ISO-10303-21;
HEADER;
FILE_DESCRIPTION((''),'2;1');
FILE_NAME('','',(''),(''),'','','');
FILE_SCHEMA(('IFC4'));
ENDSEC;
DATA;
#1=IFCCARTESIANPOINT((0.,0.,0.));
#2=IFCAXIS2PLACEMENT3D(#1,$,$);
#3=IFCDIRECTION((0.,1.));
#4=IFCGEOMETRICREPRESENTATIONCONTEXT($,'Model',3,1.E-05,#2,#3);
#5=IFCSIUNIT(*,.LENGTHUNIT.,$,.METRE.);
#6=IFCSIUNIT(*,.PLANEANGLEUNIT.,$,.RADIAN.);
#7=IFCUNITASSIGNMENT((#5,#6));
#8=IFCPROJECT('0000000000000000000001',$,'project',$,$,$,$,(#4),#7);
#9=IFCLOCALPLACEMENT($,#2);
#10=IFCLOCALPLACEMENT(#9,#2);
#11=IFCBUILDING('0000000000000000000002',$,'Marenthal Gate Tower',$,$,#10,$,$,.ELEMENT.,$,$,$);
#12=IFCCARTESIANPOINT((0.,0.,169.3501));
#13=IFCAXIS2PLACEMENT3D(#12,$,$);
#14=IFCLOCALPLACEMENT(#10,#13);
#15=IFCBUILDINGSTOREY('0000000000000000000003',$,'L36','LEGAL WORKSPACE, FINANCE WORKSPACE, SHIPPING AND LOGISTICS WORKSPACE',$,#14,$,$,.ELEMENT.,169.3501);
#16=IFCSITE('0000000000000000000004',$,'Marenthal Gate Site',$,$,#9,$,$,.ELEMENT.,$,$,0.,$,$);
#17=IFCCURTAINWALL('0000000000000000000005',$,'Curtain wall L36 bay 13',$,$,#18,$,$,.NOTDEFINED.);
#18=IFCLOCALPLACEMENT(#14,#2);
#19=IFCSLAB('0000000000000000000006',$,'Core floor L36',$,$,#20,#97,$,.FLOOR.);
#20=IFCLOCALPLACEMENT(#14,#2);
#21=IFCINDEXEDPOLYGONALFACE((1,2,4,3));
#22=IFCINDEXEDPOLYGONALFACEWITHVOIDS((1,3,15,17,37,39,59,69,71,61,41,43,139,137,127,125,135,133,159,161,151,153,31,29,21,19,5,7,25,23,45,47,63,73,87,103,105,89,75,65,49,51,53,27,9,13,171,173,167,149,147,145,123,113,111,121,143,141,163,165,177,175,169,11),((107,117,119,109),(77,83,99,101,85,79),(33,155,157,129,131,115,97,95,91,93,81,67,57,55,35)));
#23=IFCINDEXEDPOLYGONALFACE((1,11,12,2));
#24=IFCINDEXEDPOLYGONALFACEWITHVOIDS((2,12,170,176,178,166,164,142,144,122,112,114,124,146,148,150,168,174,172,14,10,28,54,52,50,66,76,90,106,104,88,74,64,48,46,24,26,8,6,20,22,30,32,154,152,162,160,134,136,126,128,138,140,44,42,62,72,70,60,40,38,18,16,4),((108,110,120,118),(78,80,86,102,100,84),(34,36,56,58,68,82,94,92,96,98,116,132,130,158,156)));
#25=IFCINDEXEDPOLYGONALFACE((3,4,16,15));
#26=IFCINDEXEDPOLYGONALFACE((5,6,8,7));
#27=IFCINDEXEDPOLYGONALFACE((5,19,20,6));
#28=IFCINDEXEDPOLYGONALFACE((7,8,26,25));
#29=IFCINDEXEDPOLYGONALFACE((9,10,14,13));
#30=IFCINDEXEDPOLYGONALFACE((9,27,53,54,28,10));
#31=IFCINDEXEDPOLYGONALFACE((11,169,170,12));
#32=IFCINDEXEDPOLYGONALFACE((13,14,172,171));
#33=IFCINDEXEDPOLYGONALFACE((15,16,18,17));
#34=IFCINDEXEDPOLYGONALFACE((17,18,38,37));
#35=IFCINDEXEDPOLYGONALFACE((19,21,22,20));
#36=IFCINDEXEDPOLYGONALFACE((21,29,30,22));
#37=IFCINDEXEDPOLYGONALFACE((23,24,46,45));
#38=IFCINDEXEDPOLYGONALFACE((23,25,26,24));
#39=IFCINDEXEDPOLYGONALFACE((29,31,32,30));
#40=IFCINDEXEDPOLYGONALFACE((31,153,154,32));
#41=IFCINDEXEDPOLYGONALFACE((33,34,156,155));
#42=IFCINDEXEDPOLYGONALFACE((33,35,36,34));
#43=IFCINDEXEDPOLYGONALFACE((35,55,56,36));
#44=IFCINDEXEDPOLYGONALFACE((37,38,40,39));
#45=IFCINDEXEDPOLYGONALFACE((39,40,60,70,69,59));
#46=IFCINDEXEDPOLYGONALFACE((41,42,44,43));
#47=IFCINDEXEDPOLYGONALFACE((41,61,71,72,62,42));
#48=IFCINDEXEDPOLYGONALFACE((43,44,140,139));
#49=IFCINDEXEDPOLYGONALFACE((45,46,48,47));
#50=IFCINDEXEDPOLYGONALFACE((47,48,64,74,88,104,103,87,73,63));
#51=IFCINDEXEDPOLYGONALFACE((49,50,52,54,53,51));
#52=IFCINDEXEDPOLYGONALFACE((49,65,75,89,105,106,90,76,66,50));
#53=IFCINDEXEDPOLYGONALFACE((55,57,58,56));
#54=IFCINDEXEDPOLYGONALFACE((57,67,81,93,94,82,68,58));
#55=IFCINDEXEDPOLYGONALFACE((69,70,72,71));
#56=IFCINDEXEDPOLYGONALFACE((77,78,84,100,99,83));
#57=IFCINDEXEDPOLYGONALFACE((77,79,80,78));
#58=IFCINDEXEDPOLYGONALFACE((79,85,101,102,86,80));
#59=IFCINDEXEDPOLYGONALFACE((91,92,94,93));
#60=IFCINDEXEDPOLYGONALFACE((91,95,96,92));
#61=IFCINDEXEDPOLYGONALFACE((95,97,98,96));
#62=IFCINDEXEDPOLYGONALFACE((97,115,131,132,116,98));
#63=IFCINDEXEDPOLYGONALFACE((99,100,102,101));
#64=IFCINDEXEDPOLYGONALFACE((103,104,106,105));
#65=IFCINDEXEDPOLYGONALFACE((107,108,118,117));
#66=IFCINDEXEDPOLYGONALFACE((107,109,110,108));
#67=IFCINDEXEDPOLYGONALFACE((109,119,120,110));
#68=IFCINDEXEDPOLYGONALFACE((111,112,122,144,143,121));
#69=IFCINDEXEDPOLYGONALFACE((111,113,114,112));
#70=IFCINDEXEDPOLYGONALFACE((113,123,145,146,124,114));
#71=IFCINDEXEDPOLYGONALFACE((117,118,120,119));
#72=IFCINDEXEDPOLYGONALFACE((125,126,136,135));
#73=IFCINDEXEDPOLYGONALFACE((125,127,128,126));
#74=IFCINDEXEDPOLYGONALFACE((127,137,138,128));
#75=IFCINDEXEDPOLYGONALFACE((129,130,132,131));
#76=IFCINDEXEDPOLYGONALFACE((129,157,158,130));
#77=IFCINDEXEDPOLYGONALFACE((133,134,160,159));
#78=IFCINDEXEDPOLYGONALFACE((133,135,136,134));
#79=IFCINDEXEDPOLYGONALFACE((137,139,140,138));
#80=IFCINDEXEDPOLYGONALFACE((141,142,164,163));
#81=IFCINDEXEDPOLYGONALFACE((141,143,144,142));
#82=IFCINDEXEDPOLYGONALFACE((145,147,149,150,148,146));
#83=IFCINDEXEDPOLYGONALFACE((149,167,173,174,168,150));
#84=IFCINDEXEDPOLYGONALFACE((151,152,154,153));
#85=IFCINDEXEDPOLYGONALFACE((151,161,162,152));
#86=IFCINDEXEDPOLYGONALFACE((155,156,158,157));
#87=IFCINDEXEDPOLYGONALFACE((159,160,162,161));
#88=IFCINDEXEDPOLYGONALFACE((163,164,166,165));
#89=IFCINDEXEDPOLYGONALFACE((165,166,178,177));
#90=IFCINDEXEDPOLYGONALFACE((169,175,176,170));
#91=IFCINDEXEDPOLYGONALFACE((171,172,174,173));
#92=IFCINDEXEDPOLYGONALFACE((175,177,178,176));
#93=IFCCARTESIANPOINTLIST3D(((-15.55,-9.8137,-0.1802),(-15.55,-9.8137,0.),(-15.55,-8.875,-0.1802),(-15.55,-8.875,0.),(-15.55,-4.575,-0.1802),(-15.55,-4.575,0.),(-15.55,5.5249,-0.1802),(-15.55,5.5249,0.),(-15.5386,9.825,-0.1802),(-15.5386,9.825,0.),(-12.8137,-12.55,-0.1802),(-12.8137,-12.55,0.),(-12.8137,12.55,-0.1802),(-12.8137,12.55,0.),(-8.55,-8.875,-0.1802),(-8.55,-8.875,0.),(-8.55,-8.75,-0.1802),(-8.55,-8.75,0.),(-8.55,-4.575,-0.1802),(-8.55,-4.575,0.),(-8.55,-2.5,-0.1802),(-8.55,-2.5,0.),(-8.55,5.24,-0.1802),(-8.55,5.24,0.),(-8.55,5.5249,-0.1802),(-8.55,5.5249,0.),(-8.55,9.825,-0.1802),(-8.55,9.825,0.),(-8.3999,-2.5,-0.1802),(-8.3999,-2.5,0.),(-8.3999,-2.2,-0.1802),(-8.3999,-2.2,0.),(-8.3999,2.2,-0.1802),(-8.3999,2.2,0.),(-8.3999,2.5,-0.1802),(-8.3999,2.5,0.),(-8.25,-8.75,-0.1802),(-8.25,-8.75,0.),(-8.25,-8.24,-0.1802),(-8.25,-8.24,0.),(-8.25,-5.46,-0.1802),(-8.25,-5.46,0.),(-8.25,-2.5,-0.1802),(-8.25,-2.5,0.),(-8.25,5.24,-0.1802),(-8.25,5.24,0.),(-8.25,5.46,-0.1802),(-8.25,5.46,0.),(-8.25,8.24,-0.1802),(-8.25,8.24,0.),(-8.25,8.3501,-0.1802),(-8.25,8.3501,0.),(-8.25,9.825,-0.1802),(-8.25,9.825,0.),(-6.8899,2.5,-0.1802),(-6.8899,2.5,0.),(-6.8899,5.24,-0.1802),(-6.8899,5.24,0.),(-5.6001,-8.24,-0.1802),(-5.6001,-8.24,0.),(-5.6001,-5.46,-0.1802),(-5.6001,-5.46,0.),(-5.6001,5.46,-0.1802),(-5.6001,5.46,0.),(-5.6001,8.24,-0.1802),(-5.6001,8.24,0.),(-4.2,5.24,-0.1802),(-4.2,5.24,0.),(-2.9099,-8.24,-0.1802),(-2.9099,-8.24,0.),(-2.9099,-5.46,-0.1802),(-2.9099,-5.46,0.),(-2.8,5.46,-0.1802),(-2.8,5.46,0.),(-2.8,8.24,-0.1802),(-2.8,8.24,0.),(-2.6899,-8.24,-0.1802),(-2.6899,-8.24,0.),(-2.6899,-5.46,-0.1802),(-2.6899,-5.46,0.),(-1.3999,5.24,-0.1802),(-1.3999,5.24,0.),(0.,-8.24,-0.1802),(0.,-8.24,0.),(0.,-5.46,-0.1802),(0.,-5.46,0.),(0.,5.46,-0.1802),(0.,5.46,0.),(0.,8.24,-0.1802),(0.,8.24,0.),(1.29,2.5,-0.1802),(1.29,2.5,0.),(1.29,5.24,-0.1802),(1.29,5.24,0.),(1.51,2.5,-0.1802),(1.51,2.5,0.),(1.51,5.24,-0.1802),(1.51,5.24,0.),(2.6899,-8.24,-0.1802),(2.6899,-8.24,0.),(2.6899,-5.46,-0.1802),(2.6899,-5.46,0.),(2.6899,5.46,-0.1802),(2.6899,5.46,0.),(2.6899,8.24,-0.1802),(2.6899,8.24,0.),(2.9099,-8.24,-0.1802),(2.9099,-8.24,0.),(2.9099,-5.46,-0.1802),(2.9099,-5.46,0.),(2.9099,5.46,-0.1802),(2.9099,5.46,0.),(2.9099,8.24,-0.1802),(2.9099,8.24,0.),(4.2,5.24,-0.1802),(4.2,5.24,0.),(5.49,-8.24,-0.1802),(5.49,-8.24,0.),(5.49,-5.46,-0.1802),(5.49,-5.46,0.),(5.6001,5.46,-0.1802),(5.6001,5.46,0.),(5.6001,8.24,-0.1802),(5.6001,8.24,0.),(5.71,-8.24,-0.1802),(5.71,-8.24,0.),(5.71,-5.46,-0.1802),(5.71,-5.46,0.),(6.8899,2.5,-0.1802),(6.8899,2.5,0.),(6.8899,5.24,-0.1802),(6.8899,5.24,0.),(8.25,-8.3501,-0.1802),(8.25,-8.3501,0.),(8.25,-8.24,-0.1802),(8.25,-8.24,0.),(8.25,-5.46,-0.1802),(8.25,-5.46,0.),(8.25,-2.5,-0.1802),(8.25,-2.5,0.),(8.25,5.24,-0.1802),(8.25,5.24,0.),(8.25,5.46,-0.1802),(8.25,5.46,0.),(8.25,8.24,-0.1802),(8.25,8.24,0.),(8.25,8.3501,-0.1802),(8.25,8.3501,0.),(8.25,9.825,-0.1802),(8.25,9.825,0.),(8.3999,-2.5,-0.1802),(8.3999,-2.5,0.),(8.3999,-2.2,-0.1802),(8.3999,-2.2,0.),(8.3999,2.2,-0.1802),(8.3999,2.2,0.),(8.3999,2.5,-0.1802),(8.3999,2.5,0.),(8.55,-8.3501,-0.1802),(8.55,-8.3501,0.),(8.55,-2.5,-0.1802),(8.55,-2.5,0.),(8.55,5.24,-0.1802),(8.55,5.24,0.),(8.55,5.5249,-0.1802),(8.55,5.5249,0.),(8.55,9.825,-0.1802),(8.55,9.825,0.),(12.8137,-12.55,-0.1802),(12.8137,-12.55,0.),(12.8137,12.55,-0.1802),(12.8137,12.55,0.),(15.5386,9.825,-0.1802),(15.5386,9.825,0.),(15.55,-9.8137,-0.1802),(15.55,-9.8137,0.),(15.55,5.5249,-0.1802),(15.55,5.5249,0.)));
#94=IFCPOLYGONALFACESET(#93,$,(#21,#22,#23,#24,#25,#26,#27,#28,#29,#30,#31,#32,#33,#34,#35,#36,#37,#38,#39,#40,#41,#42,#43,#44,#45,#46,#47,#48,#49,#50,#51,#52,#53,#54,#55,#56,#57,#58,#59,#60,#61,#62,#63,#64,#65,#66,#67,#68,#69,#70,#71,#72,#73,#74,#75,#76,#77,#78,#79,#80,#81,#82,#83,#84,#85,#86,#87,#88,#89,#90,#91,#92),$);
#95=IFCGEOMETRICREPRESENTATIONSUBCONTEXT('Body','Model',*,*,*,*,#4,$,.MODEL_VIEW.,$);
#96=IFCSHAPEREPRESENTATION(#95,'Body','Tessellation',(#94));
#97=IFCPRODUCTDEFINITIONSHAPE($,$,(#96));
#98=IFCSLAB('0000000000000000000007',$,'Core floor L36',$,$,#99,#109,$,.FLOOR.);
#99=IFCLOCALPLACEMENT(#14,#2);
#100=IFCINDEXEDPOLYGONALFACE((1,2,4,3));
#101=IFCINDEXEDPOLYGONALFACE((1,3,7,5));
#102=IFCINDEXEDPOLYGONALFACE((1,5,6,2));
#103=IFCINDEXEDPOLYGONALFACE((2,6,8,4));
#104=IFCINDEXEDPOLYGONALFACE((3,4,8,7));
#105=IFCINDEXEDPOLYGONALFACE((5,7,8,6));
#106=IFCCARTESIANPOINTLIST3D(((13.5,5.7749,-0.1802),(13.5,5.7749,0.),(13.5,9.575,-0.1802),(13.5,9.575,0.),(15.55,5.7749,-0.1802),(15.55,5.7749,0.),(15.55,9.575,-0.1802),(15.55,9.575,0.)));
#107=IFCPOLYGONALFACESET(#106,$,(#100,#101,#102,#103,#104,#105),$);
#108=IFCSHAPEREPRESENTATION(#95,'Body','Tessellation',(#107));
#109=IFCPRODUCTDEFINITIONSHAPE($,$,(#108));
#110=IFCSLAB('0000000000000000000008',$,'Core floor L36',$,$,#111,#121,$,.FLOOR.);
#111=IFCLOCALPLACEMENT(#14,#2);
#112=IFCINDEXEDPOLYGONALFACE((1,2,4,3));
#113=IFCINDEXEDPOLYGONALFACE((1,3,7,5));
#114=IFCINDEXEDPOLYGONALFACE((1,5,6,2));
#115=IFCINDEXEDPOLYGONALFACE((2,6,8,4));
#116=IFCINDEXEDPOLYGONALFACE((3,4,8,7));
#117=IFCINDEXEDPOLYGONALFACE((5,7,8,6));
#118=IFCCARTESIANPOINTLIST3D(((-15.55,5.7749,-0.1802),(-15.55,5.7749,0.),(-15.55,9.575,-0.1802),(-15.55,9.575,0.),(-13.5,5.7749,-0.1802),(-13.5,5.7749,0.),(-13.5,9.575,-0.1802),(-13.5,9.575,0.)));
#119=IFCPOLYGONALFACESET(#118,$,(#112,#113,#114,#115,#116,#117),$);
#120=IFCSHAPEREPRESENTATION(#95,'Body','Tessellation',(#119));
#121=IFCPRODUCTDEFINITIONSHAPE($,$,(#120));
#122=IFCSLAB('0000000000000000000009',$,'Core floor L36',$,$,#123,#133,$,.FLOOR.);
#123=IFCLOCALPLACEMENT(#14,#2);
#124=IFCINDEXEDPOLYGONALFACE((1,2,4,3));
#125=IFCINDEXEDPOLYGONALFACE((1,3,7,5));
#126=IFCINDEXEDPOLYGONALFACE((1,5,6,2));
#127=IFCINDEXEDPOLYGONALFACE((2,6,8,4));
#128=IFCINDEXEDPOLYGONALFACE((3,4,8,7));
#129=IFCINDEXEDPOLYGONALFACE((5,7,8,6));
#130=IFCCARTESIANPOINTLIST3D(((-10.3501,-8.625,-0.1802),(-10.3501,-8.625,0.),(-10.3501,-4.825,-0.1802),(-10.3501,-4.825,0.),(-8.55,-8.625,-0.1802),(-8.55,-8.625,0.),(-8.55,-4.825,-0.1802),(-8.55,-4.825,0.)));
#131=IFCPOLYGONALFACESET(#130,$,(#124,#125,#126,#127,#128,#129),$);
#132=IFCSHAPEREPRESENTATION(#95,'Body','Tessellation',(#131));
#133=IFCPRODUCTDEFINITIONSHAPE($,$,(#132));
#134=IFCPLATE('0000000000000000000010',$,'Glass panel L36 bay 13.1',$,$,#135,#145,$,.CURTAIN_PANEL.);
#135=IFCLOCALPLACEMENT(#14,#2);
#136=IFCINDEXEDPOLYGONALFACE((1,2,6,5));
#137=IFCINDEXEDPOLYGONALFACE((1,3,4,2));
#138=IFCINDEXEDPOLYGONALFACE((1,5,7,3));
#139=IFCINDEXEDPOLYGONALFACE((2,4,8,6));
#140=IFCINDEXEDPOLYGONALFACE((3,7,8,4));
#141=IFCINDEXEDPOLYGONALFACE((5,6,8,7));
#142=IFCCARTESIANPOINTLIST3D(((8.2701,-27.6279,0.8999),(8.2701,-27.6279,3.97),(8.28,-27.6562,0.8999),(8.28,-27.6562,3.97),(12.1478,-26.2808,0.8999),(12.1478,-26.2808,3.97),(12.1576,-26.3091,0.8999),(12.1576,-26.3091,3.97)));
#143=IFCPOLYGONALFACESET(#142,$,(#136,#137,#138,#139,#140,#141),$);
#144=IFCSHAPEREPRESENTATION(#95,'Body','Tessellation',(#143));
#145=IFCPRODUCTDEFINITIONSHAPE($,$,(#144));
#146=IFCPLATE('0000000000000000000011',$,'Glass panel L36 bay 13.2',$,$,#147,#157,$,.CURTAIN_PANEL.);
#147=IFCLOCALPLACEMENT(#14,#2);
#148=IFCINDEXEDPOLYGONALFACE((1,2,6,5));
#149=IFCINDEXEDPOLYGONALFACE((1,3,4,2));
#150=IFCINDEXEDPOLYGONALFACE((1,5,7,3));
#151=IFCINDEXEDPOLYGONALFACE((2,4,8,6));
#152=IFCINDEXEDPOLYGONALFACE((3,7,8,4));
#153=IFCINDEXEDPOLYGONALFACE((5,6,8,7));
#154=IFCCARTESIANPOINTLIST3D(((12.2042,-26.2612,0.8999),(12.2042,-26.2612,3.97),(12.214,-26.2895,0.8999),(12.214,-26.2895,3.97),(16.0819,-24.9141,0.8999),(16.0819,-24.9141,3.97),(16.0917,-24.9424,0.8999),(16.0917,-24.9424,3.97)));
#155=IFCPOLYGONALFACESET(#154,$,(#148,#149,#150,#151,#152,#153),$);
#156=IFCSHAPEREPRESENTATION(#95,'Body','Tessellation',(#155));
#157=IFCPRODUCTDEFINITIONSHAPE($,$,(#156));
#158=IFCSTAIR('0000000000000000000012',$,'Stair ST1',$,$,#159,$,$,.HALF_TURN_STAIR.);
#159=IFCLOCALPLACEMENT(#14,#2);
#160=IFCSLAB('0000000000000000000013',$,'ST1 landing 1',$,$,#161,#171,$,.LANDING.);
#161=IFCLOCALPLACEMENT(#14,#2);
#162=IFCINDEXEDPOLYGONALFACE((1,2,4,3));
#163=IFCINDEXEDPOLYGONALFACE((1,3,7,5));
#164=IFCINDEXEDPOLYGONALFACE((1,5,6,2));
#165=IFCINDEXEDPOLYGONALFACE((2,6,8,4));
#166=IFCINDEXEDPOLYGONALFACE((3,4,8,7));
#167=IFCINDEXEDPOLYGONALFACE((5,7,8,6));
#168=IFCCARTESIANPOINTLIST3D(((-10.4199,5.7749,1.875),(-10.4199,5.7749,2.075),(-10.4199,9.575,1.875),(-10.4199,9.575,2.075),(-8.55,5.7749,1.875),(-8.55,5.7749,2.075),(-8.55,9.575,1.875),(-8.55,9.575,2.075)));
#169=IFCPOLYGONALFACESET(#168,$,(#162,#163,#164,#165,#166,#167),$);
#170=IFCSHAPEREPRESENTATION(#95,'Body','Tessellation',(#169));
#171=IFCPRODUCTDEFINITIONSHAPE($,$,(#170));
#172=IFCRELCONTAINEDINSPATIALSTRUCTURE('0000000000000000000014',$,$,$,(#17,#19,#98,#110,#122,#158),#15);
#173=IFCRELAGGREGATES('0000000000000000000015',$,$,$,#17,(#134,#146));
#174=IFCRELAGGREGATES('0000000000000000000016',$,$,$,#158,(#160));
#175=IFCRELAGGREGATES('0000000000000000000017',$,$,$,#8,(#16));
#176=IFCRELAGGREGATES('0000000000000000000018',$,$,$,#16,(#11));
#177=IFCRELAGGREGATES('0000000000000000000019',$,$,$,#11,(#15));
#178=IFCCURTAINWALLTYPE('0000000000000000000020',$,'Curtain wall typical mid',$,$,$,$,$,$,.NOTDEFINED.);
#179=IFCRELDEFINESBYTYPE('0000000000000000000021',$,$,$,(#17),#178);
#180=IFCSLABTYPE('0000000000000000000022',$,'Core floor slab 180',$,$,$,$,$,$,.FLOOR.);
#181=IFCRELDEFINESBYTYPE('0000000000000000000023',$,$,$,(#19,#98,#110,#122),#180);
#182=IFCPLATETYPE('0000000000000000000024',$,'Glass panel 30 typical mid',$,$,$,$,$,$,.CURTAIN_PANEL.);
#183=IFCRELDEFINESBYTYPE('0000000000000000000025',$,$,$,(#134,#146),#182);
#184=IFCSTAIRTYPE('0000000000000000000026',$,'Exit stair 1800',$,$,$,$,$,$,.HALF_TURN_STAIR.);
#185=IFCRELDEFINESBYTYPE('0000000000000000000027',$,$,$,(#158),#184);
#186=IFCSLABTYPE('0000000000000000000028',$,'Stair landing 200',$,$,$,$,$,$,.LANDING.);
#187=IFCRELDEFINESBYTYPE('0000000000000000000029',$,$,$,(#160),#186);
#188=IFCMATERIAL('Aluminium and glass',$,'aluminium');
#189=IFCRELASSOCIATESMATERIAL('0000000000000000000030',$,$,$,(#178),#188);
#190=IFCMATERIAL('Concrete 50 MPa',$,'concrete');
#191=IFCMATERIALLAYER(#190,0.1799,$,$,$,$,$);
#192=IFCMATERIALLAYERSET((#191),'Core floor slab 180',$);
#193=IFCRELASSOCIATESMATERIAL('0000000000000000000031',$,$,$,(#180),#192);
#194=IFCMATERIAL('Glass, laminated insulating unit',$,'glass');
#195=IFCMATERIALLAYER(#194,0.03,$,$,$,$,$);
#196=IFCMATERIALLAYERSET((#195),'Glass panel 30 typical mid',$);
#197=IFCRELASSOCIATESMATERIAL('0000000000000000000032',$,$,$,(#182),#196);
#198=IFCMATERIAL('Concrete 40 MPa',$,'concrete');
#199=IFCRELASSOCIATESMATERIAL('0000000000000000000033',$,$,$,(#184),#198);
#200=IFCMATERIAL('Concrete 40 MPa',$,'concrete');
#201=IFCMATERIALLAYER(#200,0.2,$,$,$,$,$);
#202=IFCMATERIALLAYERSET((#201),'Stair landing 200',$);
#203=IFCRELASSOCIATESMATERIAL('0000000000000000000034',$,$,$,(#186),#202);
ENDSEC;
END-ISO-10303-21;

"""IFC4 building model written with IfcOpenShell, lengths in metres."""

from ifc_helpers import new_model, si_unit, direction, frame, origin, origin_2d, place, context, subcontext, project, spatial, polyline, rectangle, outline, extrude, material, layer, layer_set, type_object, element, aggregate, save


model = new_model("IFC4")

# Units and contexts
model_context = context("Model", 3, precision=1e-05, world=origin(), true_north=direction((0.0, 1.0)))
body_context = subcontext(model_context, "Body", "Model", "MODEL_VIEW")
ifc_project = project(units=[si_unit("LENGTHUNIT", "METRE"), si_unit("PLANEANGLEUNIT", "RADIAN")], contexts=[model_context])

# Site, building, storey
site_placement = place(None, origin())
site = spatial("IfcSite", under=ifc_project, at=site_placement, Name="Marenthal Gate Site", CompositionType="ELEMENT", RefElevation=0.0)
building_placement = place(site_placement, origin())
building = spatial("IfcBuilding", under=site, at=building_placement, Name="Marenthal Gate Tower", CompositionType="ELEMENT")
storey_placement = place(building_placement, frame((0.0, 0.0, 169.3501)))
storey = spatial("IfcBuildingStorey", under=building, at=storey_placement, Name="L36", Description="LEGAL WORKSPACE, FINANCE WORKSPACE, SHIPPING AND LOGISTICS WORKSPACE", CompositionType="ELEMENT", Elevation=169.3501)

# Curtain wall
ifc_material_1 = material(Name="Aluminium and glass", Category="aluminium")
curtain_wall_type = type_object("IfcCurtainWallType", Name="Curtain wall typical mid", PredefinedType="NOTDEFINED", material=ifc_material_1)
curtain_wall_placement = place(storey_placement, origin())
curtain_wall = element("IfcCurtainWall", 1, at=curtain_wall_placement, inside=storey, type_object=curtain_wall_type, Name="Curtain wall L36 bay 13", PredefinedType="NOTDEFINED")

# Slabs
ifc_material_2 = material(Name="Concrete 50 MPa", Category="concrete")
ifc_layer_1 = layer(ifc_material_2, 0.1799)
ifc_layer_set_1 = layer_set([ifc_layer_1], Name="Core floor slab 180")
slab_type_1 = type_object("IfcSlabType", Name="Core floor slab 180", PredefinedType="FLOOR", material=ifc_layer_set_1)
slab_1_placement = place(storey_placement, frame((0.0, 0.0, -0.1802)))
element("IfcSlab", 2, at=slab_1_placement, inside=storey, type_object=slab_type_1, Name="Core floor L36", PredefinedType="FLOOR", context=body_context, shape_type="SweptSolid", body=[
    extrude(outline(polyline([(12.8137, -12.55), (-12.8137, -12.55), (-15.55, -9.8137), (-15.55, -8.875), (-8.55, -8.875), (-8.55, -8.75), (-8.25, -8.75), (-8.25, -8.24), (-5.6001, -8.24), (-2.9099, -8.24), (-2.9099, -5.46), (-5.6001, -5.46), (-8.25, -5.46), (-8.25, -2.5), (8.25, -2.5), (8.25, -5.46), (5.71, -5.46), (5.71, -8.24), (8.25, -8.24), (8.25, -8.3501), (8.55, -8.3501), (8.55, -2.5), (8.3999, -2.5), (8.3999, -2.2), (-8.3999, -2.2), (-8.3999, -2.5), (-8.55, -2.5), (-8.55, -4.575), (-15.55, -4.575), (-15.55, 5.5249), (-8.55, 5.5249), (-8.55, 5.24), (-8.25, 5.24), (-8.25, 5.46), (-5.6001, 5.46), (-2.8, 5.46), (0.0, 5.46), (2.6899, 5.46), (2.6899, 8.24), (0.0, 8.24), (-2.8, 8.24), (-5.6001, 8.24), (-8.25, 8.24), (-8.25, 8.3501), (-8.25, 9.825), (-8.55, 9.825), (-15.5386, 9.825), (-12.8137, 12.55), (12.8137, 12.55), (15.5386, 9.825), (8.55, 9.825), (8.25, 9.825), (8.25, 8.3501), (8.25, 8.24), (5.6001, 8.24), (2.9099, 8.24), (2.9099, 5.46), (5.6001, 5.46), (8.25, 5.46), (8.25, 5.24), (8.55, 5.24), (8.55, 5.5249), (15.55, 5.5249), (15.55, -9.8137), (12.8137, -12.55)]), holes=[polyline([(2.6899, -8.24), (2.6899, -5.46), (0.0, -5.46), (-2.6899, -5.46), (-2.6899, -8.24), (0.0, -8.24), (2.6899, -8.24)]), polyline([(-6.8899, 5.24), (-6.8899, 2.5), (-8.3999, 2.5), (-8.3999, 2.2), (8.3999, 2.2), (8.3999, 2.5), (6.8899, 2.5), (6.8899, 5.24), (4.2, 5.24), (1.51, 5.24), (1.51, 2.5), (1.29, 2.5), (1.29, 5.24), (-1.3999, 5.24), (-4.2, 5.24), (-6.8899, 5.24)]), polyline([(5.49, -8.24), (5.49, -5.46), (2.9099, -5.46), (2.9099, -8.24), (5.49, -8.24)])]), origin(), (0.0, 0.0, 1.0), 0.1802),
])
slab_2_placement = place(storey_placement, frame((0.0, 0.0, -0.1802)))
element("IfcSlab", 3, at=slab_2_placement, inside=storey, type_object=slab_type_1, Name="Core floor L36", PredefinedType="FLOOR", context=body_context, shape_type="SweptSolid", body=[
    extrude(outline(polyline([(15.55, 5.7749), (13.5, 5.7749), (13.5, 9.575), (15.55, 9.575), (15.55, 5.7749)])), origin(), (0.0, 0.0, 1.0), 0.1802),
])
slab_3_placement = place(storey_placement, frame((0.0, 0.0, -0.1802)))
element("IfcSlab", 4, at=slab_3_placement, inside=storey, type_object=slab_type_1, Name="Core floor L36", PredefinedType="FLOOR", context=body_context, shape_type="SweptSolid", body=[
    extrude(outline(polyline([(-15.55, 9.575), (-13.5, 9.575), (-13.5, 5.7749), (-15.55, 5.7749), (-15.55, 9.575)])), origin(), (0.0, 0.0, 1.0), 0.1802),
])
slab_4_placement = place(storey_placement, frame((0.0, 0.0, -0.1802)))
element("IfcSlab", 5, at=slab_4_placement, inside=storey, type_object=slab_type_1, Name="Core floor L36", PredefinedType="FLOOR", context=body_context, shape_type="SweptSolid", body=[
    extrude(outline(polyline([(-8.55, -8.625), (-10.3501, -8.625), (-10.3501, -4.825), (-8.55, -4.825), (-8.55, -8.625)])), origin(), (0.0, 0.0, 1.0), 0.1802),
])

# Plates
ifc_material_3 = material(Name="Glass, laminated insulating unit", Category="glass")
ifc_layer_2 = layer(ifc_material_3, 0.03)
ifc_layer_set_2 = layer_set([ifc_layer_2], Name="Glass panel 30 typical mid")
plate_type = type_object("IfcPlateType", Name="Glass panel 30 typical mid", PredefinedType="CURTAIN_PANEL", material=ifc_layer_set_2)
plate_1_placement = place(storey_placement, frame((10.2139, -26.9685, 0.8999), z_axis=(0.0, 0.0, 1.0), x_axis=(0.944623, 0.328158, 0.0)))
plate_1 = element("IfcPlate", 6, at=plate_1_placement, type_object=plate_type, Name="Glass panel L36 bay 13.1", PredefinedType="CURTAIN_PANEL", context=body_context, shape_type="SweptSolid", body=[
    extrude(rectangle(XDim=4.105, YDim=0.03, at=origin_2d()), origin(), (0.0, 0.0, 1.0), 3.0701),
])
plate_2_placement = place(storey_placement, frame((14.1479, -25.6018, 0.8999), z_axis=(0.0, 0.0, 1.0), x_axis=(0.944623, 0.328158, 0.0)))
plate_2 = element("IfcPlate", 7, at=plate_2_placement, type_object=plate_type, Name="Glass panel L36 bay 13.2", PredefinedType="CURTAIN_PANEL", context=body_context, shape_type="SweptSolid", body=[
    extrude(rectangle(XDim=4.105, YDim=0.03, at=origin_2d()), origin(), (0.0, 0.0, 1.0), 3.0701),
])
aggregate(curtain_wall, [plate_1, plate_2])

# Stair, slab
ifc_material_4 = material(Name="Concrete 40 MPa", Category="concrete")
stair_type = type_object("IfcStairType", Name="Exit stair 1800", PredefinedType="HALF_TURN_STAIR", material=ifc_material_4)
stair_1_placement = place(storey_placement, origin())
stair_1 = element("IfcStair", 8, at=stair_1_placement, inside=storey, type_object=stair_type, Name="Stair ST1", PredefinedType="HALF_TURN_STAIR")
ifc_material_5 = material(Name="Concrete 40 MPa", Category="concrete")
ifc_layer_3 = layer(ifc_material_5, 0.2)
ifc_layer_set_3 = layer_set([ifc_layer_3], Name="Stair landing 200")
slab_type_2 = type_object("IfcSlabType", Name="Stair landing 200", PredefinedType="LANDING", material=ifc_layer_set_3)
slab_5_placement = place(storey_placement, frame((0.0, 0.0, 1.875)))
slab_5 = element("IfcSlab", 9, at=slab_5_placement, type_object=slab_type_2, Name="ST1 landing 1", PredefinedType="LANDING", context=body_context, shape_type="SweptSolid", body=[
    extrude(outline(polyline([(-10.4199, 5.7749), (-8.55, 5.7749), (-8.55, 9.575), (-10.4199, 9.575), (-10.4199, 5.7749)])), origin(), (0.0, 0.0, 1.0), 0.2),
])
aggregate(stair_1, [slab_5])

save(model, "model.ifc")
